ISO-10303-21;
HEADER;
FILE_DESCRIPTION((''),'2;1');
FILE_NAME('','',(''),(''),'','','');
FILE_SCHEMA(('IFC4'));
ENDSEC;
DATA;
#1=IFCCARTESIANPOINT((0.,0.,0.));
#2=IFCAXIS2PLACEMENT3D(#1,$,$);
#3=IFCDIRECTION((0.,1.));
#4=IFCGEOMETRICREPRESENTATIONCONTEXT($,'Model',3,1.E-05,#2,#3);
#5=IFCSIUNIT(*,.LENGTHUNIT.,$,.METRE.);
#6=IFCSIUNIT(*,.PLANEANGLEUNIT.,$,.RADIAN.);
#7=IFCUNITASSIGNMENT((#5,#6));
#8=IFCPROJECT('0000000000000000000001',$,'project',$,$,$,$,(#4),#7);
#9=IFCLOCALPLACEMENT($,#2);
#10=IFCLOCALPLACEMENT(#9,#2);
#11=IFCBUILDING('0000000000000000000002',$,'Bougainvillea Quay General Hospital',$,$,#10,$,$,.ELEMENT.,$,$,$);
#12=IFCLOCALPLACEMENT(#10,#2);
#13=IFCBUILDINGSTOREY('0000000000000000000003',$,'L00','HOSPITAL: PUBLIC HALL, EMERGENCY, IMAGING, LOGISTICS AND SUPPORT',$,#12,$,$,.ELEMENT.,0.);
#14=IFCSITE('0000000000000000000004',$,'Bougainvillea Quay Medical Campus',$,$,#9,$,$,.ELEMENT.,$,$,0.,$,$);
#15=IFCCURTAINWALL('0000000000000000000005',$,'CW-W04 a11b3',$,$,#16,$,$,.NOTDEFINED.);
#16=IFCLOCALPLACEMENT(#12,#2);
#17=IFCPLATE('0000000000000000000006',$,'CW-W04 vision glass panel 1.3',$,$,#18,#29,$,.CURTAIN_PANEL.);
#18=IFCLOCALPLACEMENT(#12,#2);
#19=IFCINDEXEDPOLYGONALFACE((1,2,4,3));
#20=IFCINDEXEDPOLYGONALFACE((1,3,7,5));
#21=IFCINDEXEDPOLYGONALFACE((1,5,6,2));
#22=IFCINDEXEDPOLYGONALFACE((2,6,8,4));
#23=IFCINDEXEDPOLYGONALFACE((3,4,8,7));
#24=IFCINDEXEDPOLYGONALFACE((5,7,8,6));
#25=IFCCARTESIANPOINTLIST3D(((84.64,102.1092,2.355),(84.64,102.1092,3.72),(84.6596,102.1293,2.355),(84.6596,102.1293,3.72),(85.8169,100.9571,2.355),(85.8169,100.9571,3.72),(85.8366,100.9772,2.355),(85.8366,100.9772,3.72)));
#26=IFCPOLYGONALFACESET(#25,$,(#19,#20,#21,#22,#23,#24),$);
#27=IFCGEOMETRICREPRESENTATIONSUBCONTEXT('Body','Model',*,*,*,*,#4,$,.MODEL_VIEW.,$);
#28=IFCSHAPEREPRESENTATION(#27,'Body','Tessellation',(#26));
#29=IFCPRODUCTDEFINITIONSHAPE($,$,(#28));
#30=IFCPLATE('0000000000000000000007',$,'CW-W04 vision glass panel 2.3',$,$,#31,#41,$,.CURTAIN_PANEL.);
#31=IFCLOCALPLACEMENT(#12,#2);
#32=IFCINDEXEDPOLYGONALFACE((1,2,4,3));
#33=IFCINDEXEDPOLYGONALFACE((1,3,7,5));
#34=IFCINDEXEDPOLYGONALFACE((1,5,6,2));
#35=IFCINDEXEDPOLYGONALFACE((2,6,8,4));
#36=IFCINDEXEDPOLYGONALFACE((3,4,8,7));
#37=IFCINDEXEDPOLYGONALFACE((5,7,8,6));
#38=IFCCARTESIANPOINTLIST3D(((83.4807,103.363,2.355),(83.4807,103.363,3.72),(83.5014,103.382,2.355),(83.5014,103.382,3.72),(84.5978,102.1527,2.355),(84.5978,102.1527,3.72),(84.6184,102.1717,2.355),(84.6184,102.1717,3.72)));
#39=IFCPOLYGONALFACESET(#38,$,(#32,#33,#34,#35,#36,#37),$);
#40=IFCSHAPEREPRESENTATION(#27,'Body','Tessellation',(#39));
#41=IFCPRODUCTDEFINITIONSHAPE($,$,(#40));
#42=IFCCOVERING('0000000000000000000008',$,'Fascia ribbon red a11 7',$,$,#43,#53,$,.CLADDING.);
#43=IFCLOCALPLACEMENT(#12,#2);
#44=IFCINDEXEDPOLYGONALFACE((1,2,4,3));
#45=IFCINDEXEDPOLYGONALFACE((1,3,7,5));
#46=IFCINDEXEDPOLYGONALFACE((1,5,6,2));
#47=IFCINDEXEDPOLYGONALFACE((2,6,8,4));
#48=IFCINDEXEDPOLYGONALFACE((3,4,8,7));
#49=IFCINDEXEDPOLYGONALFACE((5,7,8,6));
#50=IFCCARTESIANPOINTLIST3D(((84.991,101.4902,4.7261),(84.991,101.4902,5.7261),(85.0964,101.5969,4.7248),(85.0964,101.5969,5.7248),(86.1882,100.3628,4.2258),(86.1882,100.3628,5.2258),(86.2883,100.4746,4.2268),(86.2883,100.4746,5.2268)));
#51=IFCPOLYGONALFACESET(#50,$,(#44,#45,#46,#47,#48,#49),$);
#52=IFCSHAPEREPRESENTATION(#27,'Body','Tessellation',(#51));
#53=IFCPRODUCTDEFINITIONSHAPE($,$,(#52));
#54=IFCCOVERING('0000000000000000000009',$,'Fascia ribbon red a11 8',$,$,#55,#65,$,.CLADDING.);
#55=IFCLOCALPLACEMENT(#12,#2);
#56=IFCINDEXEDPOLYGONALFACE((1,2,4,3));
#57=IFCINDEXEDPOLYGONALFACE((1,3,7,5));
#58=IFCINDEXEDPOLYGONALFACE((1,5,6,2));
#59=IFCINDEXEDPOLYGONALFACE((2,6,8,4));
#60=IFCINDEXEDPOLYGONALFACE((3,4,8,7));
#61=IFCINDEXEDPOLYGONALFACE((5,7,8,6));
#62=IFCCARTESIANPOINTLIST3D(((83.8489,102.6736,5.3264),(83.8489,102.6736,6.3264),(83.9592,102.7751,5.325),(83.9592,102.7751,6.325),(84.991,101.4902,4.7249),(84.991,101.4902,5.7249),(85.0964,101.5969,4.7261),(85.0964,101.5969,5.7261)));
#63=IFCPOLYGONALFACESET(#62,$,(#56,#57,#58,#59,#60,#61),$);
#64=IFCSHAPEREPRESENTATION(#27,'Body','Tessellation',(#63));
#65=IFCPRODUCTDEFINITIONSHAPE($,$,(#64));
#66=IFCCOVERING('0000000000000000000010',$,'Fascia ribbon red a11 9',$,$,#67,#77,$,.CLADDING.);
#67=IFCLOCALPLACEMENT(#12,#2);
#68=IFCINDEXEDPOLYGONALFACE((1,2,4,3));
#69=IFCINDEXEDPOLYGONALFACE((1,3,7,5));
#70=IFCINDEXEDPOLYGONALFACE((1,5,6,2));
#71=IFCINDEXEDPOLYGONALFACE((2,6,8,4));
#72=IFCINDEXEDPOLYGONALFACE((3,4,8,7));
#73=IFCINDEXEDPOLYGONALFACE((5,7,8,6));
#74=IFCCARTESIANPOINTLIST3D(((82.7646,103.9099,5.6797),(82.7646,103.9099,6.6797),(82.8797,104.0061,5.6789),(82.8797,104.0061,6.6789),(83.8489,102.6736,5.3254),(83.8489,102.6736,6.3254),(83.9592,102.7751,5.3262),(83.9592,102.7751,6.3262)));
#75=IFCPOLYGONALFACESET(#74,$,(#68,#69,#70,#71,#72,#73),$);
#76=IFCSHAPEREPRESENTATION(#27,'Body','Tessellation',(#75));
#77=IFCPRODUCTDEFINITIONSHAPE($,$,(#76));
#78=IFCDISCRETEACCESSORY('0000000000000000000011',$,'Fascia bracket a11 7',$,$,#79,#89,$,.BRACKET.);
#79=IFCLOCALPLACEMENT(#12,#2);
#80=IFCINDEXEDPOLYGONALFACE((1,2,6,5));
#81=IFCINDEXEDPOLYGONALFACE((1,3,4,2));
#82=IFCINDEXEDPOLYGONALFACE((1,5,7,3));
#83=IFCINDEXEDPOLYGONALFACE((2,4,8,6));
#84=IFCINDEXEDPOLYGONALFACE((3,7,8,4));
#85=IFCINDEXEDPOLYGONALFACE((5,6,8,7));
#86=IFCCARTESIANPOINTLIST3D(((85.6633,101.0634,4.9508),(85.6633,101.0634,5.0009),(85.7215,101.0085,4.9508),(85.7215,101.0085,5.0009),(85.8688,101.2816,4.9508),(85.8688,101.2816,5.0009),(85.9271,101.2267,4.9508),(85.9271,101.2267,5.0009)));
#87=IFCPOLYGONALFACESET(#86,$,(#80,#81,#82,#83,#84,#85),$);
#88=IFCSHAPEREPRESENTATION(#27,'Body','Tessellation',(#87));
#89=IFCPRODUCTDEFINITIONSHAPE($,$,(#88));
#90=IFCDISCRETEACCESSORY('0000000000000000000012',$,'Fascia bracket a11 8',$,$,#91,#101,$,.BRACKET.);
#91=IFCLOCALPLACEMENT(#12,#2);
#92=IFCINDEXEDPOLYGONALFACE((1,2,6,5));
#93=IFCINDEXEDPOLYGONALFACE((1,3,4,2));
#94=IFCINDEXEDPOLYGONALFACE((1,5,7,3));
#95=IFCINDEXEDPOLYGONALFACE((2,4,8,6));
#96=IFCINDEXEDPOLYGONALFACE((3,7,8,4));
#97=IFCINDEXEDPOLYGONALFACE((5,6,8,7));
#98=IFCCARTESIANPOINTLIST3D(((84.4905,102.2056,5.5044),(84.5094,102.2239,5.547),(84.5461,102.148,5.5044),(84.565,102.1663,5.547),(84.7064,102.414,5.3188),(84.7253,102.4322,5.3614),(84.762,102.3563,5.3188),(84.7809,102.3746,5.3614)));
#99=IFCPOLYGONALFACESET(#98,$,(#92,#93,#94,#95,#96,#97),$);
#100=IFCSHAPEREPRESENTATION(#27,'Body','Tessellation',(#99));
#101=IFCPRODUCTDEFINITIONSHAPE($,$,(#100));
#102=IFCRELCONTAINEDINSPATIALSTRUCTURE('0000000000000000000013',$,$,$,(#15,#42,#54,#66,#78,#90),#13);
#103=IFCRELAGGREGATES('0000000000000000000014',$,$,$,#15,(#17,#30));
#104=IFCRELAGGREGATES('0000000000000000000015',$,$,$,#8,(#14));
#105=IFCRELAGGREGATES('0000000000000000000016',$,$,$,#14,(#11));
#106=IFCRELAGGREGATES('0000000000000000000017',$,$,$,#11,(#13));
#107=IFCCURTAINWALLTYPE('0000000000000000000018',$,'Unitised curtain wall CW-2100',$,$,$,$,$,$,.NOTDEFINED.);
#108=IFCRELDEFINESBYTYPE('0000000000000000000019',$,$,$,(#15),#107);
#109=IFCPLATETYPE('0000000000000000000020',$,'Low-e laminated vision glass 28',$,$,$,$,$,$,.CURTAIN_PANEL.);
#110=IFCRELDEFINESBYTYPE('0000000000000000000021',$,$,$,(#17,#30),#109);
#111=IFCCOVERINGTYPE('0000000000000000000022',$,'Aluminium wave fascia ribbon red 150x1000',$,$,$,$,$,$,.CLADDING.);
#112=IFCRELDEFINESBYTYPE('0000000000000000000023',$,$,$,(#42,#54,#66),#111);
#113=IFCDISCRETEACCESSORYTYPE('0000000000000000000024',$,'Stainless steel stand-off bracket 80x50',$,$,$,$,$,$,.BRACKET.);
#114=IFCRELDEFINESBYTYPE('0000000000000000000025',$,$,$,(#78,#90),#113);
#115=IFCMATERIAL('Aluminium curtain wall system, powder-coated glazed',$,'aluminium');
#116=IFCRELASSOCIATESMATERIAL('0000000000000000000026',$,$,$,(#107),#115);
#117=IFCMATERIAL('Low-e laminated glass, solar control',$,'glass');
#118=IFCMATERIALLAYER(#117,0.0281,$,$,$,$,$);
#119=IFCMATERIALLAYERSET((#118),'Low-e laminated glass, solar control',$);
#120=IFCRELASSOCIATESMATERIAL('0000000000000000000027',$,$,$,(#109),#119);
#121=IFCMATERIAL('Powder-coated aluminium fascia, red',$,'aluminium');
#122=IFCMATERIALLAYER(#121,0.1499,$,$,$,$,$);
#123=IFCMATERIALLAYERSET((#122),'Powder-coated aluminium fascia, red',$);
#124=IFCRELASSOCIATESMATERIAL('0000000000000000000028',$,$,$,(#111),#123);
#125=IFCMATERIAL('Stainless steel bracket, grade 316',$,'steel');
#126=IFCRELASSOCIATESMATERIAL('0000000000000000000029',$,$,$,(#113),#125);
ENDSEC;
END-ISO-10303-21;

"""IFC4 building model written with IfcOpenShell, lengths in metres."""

from ifc_helpers import new_model, si_unit, direction, frame, origin, origin_2d, place, context, subcontext, project, spatial, polyline, rectangle, outline, extrude, material, layer, layer_set, material_profile, profile_set, type_object, element, aggregate, save


model = new_model("IFC4")

# Units and contexts
model_context = context("Model", 3, precision=1e-05, world=origin(), true_north=direction((0.0, 1.0)))
body_context = subcontext(model_context, "Body", "Model", "MODEL_VIEW")
ifc_project = project(units=[si_unit("LENGTHUNIT", "METRE"), si_unit("PLANEANGLEUNIT", "RADIAN")], contexts=[model_context])

# Site, building, storey
site_placement = place(None, origin())
site = spatial("IfcSite", under=ifc_project, at=site_placement, Name="Bougainvillea Quay Medical Campus", CompositionType="ELEMENT", RefElevation=0.0)
building_placement = place(site_placement, origin())
building = spatial("IfcBuilding", under=site, at=building_placement, Name="Bougainvillea Quay General Hospital", CompositionType="ELEMENT")
storey_placement = place(building_placement, origin())
storey = spatial("IfcBuildingStorey", under=building, at=storey_placement, Name="L00", Description="HOSPITAL: PUBLIC HALL, EMERGENCY, IMAGING, LOGISTICS AND SUPPORT", CompositionType="ELEMENT", Elevation=0.0)

# Curtain wall
ifc_material_1 = material(Name="Aluminium curtain wall system, powder-coated glazed", Category="aluminium")
curtain_wall_type = type_object("IfcCurtainWallType", Name="Unitised curtain wall CW-2100", PredefinedType="NOTDEFINED", material=ifc_material_1)
curtain_wall_1_placement = place(storey_placement, origin())
curtain_wall_1 = element("IfcCurtainWall", 1, at=curtain_wall_1_placement, inside=storey, type_object=curtain_wall_type, Name="CW-W04 a11b3", PredefinedType="NOTDEFINED")

# Plates
ifc_material_2 = material(Name="Low-e laminated glass, solar control", Category="glass")
ifc_layer_1 = layer(ifc_material_2, 0.0281)
ifc_layer_set_1 = layer_set([ifc_layer_1], Name="Low-e laminated glass, solar control")
plate_type_1 = type_object("IfcPlateType", Name="Low-e laminated vision glass 28", PredefinedType="CURTAIN_PANEL", material=ifc_layer_set_1)
plate_1_placement = place(storey_placement, frame((85.2383, 101.5432, 2.355), z_axis=(0.0, 0.0, 1.0), x_axis=(-0.714607, 0.699526, 0.0)))
plate_1 = element("IfcPlate", 2, at=plate_1_placement, type_object=plate_type_1, Name="CW-W04 vision glass panel 1.3", PredefinedType="CURTAIN_PANEL", context=body_context, shape_type="SweptSolid", body=[
    extrude(rectangle(XDim=1.647, YDim=0.0281, at=origin_2d()), origin(), (0.0, 0.0, 1.0), 1.365),
])
plate_2_placement = place(storey_placement, frame((84.0496, 102.7673, 2.355), z_axis=(0.0, 0.0, 1.0), x_axis=(-0.678224, 0.734855, 0.0)))
plate_2 = element("IfcPlate", 3, at=plate_2_placement, type_object=plate_type_1, Name="CW-W04 vision glass panel 2.3", PredefinedType="CURTAIN_PANEL", context=body_context, shape_type="SweptSolid", body=[
    extrude(rectangle(XDim=1.647, YDim=0.0281, at=origin_2d()), origin(), (0.0, 0.0, 1.0), 1.365),
])
aggregate(curtain_wall_1, [plate_1, plate_2])

# Coverings
ifc_material_3 = material(Name="Powder-coated aluminium fascia, red", Category="aluminium")
ifc_layer_2 = layer(ifc_material_3, 0.1499)
ifc_layer_set_2 = layer_set([ifc_layer_2], Name="Powder-coated aluminium fascia, red")
covering_type = type_object("IfcCoveringType", Name="Aluminium wave fascia ribbon red 150x1000", PredefinedType="CLADDING", material=ifc_layer_set_2)
covering_1_placement = place(storey_placement, frame((86.2883, 100.4746, 4.2268), z_axis=(0.212505, -0.198852, 0.956713), x_axis=(-0.696524, 0.655862, 0.291032)))
element("IfcCovering", 4, at=covering_1_placement, inside=storey, type_object=covering_type, Name="Fascia ribbon red a11 7", PredefinedType="CLADDING", context=body_context, shape_type="SweptSolid", body=[
    extrude(outline(polyline([(0.0, 0.0), (1.7112, 0.0), (1.7151, 0.15), (-0.0039, 0.15), (0.0, 0.0)])), origin(), (0.291032, 0.000869, 0.956713), 1.0),
])
covering_2_placement = place(storey_placement, frame((85.0964, 101.5969, 4.7261), z_axis=(0.239067, -0.246654, 0.939153), x_axis=(-0.652216, 0.675739, 0.343498)))
element("IfcCovering", 5, at=covering_2_placement, inside=storey, type_object=covering_type, Name="Fascia ribbon red a11 8", PredefinedType="CLADDING", context=body_context, shape_type="SweptSolid", body=[
    extrude(outline(polyline([(0.0, 0.0), (1.7436, 0.0), (1.7474, 0.1499), (-0.0037, 0.15), (0.0, 0.0)])), origin(), (0.343498, 0.000675, 0.939153), 1.0),
])
covering_3_placement = place(storey_placement, frame((83.9592, 102.7751, 5.3262), z_axis=(0.138921, -0.158301, 0.977569), x_axis=(-0.64458, 0.734955, 0.210614)))
element("IfcCovering", 6, at=covering_3_placement, inside=storey, type_object=covering_type, Name="Fascia ribbon red a11 9", PredefinedType="CLADDING", context=body_context, shape_type="SweptSolid", body=[
    extrude(outline(polyline([(0.0, 0.0), (1.6748, 0.0), (1.6785, 0.1499), (-0.0037, 0.1499), (0.0, 0.0)])), origin(), (0.210614, 0.000063, 0.977569), 1.0),
])

# Discrete accessories
ifc_material_4 = material(Name="Stainless steel bracket, grade 316", Category="steel")
ifc_material_profile_1 = material_profile(ifc_material_4, rectangle(XDim=0.0801, YDim=0.05, at=origin_2d()))
ifc_profile_set_1 = profile_set([ifc_material_profile_1], Name="Stainless steel bracket, grade 316")
discrete_accessory_type = type_object("IfcDiscreteAccessoryType", Name="Stainless steel stand-off bracket 80x50", PredefinedType="BRACKET", material=ifc_profile_set_1)
discrete_accessory_1_placement = place(storey_placement, frame((85.8979, 101.2542, 4.9758), z_axis=(-0.685619, -0.727961, 0.0), x_axis=(0.727961, -0.685619, 0.0)))
element("IfcDiscreteAccessory", 7, at=discrete_accessory_1_placement, inside=storey, type_object=discrete_accessory_type, Name="Fascia bracket a11 7", PredefinedType="BRACKET", context=body_context, shape_type="SweptSolid", body=[
    extrude(rectangle(XDim=0.0801, YDim=0.05, at=origin_2d()), origin(), (0.0, 0.0, 1.0), 0.2998),
])
discrete_accessory_2_placement = place(storey_placement, frame((84.7437, 102.3943, 5.3401), z_axis=(-0.611964, -0.590504, 0.526123), x_axis=(0.694377, -0.719612, 0.0)))
element("IfcDiscreteAccessory", 8, at=discrete_accessory_2_placement, inside=storey, type_object=discrete_accessory_type, Name="Fascia bracket a11 8", PredefinedType="BRACKET", context=body_context, shape_type="SweptSolid", body=[
    extrude(rectangle(XDim=0.0801, YDim=0.05, at=origin_2d()), origin(), (0.0, 0.0, 1.0), 0.3528),
])

save(model, "model.ifc")
